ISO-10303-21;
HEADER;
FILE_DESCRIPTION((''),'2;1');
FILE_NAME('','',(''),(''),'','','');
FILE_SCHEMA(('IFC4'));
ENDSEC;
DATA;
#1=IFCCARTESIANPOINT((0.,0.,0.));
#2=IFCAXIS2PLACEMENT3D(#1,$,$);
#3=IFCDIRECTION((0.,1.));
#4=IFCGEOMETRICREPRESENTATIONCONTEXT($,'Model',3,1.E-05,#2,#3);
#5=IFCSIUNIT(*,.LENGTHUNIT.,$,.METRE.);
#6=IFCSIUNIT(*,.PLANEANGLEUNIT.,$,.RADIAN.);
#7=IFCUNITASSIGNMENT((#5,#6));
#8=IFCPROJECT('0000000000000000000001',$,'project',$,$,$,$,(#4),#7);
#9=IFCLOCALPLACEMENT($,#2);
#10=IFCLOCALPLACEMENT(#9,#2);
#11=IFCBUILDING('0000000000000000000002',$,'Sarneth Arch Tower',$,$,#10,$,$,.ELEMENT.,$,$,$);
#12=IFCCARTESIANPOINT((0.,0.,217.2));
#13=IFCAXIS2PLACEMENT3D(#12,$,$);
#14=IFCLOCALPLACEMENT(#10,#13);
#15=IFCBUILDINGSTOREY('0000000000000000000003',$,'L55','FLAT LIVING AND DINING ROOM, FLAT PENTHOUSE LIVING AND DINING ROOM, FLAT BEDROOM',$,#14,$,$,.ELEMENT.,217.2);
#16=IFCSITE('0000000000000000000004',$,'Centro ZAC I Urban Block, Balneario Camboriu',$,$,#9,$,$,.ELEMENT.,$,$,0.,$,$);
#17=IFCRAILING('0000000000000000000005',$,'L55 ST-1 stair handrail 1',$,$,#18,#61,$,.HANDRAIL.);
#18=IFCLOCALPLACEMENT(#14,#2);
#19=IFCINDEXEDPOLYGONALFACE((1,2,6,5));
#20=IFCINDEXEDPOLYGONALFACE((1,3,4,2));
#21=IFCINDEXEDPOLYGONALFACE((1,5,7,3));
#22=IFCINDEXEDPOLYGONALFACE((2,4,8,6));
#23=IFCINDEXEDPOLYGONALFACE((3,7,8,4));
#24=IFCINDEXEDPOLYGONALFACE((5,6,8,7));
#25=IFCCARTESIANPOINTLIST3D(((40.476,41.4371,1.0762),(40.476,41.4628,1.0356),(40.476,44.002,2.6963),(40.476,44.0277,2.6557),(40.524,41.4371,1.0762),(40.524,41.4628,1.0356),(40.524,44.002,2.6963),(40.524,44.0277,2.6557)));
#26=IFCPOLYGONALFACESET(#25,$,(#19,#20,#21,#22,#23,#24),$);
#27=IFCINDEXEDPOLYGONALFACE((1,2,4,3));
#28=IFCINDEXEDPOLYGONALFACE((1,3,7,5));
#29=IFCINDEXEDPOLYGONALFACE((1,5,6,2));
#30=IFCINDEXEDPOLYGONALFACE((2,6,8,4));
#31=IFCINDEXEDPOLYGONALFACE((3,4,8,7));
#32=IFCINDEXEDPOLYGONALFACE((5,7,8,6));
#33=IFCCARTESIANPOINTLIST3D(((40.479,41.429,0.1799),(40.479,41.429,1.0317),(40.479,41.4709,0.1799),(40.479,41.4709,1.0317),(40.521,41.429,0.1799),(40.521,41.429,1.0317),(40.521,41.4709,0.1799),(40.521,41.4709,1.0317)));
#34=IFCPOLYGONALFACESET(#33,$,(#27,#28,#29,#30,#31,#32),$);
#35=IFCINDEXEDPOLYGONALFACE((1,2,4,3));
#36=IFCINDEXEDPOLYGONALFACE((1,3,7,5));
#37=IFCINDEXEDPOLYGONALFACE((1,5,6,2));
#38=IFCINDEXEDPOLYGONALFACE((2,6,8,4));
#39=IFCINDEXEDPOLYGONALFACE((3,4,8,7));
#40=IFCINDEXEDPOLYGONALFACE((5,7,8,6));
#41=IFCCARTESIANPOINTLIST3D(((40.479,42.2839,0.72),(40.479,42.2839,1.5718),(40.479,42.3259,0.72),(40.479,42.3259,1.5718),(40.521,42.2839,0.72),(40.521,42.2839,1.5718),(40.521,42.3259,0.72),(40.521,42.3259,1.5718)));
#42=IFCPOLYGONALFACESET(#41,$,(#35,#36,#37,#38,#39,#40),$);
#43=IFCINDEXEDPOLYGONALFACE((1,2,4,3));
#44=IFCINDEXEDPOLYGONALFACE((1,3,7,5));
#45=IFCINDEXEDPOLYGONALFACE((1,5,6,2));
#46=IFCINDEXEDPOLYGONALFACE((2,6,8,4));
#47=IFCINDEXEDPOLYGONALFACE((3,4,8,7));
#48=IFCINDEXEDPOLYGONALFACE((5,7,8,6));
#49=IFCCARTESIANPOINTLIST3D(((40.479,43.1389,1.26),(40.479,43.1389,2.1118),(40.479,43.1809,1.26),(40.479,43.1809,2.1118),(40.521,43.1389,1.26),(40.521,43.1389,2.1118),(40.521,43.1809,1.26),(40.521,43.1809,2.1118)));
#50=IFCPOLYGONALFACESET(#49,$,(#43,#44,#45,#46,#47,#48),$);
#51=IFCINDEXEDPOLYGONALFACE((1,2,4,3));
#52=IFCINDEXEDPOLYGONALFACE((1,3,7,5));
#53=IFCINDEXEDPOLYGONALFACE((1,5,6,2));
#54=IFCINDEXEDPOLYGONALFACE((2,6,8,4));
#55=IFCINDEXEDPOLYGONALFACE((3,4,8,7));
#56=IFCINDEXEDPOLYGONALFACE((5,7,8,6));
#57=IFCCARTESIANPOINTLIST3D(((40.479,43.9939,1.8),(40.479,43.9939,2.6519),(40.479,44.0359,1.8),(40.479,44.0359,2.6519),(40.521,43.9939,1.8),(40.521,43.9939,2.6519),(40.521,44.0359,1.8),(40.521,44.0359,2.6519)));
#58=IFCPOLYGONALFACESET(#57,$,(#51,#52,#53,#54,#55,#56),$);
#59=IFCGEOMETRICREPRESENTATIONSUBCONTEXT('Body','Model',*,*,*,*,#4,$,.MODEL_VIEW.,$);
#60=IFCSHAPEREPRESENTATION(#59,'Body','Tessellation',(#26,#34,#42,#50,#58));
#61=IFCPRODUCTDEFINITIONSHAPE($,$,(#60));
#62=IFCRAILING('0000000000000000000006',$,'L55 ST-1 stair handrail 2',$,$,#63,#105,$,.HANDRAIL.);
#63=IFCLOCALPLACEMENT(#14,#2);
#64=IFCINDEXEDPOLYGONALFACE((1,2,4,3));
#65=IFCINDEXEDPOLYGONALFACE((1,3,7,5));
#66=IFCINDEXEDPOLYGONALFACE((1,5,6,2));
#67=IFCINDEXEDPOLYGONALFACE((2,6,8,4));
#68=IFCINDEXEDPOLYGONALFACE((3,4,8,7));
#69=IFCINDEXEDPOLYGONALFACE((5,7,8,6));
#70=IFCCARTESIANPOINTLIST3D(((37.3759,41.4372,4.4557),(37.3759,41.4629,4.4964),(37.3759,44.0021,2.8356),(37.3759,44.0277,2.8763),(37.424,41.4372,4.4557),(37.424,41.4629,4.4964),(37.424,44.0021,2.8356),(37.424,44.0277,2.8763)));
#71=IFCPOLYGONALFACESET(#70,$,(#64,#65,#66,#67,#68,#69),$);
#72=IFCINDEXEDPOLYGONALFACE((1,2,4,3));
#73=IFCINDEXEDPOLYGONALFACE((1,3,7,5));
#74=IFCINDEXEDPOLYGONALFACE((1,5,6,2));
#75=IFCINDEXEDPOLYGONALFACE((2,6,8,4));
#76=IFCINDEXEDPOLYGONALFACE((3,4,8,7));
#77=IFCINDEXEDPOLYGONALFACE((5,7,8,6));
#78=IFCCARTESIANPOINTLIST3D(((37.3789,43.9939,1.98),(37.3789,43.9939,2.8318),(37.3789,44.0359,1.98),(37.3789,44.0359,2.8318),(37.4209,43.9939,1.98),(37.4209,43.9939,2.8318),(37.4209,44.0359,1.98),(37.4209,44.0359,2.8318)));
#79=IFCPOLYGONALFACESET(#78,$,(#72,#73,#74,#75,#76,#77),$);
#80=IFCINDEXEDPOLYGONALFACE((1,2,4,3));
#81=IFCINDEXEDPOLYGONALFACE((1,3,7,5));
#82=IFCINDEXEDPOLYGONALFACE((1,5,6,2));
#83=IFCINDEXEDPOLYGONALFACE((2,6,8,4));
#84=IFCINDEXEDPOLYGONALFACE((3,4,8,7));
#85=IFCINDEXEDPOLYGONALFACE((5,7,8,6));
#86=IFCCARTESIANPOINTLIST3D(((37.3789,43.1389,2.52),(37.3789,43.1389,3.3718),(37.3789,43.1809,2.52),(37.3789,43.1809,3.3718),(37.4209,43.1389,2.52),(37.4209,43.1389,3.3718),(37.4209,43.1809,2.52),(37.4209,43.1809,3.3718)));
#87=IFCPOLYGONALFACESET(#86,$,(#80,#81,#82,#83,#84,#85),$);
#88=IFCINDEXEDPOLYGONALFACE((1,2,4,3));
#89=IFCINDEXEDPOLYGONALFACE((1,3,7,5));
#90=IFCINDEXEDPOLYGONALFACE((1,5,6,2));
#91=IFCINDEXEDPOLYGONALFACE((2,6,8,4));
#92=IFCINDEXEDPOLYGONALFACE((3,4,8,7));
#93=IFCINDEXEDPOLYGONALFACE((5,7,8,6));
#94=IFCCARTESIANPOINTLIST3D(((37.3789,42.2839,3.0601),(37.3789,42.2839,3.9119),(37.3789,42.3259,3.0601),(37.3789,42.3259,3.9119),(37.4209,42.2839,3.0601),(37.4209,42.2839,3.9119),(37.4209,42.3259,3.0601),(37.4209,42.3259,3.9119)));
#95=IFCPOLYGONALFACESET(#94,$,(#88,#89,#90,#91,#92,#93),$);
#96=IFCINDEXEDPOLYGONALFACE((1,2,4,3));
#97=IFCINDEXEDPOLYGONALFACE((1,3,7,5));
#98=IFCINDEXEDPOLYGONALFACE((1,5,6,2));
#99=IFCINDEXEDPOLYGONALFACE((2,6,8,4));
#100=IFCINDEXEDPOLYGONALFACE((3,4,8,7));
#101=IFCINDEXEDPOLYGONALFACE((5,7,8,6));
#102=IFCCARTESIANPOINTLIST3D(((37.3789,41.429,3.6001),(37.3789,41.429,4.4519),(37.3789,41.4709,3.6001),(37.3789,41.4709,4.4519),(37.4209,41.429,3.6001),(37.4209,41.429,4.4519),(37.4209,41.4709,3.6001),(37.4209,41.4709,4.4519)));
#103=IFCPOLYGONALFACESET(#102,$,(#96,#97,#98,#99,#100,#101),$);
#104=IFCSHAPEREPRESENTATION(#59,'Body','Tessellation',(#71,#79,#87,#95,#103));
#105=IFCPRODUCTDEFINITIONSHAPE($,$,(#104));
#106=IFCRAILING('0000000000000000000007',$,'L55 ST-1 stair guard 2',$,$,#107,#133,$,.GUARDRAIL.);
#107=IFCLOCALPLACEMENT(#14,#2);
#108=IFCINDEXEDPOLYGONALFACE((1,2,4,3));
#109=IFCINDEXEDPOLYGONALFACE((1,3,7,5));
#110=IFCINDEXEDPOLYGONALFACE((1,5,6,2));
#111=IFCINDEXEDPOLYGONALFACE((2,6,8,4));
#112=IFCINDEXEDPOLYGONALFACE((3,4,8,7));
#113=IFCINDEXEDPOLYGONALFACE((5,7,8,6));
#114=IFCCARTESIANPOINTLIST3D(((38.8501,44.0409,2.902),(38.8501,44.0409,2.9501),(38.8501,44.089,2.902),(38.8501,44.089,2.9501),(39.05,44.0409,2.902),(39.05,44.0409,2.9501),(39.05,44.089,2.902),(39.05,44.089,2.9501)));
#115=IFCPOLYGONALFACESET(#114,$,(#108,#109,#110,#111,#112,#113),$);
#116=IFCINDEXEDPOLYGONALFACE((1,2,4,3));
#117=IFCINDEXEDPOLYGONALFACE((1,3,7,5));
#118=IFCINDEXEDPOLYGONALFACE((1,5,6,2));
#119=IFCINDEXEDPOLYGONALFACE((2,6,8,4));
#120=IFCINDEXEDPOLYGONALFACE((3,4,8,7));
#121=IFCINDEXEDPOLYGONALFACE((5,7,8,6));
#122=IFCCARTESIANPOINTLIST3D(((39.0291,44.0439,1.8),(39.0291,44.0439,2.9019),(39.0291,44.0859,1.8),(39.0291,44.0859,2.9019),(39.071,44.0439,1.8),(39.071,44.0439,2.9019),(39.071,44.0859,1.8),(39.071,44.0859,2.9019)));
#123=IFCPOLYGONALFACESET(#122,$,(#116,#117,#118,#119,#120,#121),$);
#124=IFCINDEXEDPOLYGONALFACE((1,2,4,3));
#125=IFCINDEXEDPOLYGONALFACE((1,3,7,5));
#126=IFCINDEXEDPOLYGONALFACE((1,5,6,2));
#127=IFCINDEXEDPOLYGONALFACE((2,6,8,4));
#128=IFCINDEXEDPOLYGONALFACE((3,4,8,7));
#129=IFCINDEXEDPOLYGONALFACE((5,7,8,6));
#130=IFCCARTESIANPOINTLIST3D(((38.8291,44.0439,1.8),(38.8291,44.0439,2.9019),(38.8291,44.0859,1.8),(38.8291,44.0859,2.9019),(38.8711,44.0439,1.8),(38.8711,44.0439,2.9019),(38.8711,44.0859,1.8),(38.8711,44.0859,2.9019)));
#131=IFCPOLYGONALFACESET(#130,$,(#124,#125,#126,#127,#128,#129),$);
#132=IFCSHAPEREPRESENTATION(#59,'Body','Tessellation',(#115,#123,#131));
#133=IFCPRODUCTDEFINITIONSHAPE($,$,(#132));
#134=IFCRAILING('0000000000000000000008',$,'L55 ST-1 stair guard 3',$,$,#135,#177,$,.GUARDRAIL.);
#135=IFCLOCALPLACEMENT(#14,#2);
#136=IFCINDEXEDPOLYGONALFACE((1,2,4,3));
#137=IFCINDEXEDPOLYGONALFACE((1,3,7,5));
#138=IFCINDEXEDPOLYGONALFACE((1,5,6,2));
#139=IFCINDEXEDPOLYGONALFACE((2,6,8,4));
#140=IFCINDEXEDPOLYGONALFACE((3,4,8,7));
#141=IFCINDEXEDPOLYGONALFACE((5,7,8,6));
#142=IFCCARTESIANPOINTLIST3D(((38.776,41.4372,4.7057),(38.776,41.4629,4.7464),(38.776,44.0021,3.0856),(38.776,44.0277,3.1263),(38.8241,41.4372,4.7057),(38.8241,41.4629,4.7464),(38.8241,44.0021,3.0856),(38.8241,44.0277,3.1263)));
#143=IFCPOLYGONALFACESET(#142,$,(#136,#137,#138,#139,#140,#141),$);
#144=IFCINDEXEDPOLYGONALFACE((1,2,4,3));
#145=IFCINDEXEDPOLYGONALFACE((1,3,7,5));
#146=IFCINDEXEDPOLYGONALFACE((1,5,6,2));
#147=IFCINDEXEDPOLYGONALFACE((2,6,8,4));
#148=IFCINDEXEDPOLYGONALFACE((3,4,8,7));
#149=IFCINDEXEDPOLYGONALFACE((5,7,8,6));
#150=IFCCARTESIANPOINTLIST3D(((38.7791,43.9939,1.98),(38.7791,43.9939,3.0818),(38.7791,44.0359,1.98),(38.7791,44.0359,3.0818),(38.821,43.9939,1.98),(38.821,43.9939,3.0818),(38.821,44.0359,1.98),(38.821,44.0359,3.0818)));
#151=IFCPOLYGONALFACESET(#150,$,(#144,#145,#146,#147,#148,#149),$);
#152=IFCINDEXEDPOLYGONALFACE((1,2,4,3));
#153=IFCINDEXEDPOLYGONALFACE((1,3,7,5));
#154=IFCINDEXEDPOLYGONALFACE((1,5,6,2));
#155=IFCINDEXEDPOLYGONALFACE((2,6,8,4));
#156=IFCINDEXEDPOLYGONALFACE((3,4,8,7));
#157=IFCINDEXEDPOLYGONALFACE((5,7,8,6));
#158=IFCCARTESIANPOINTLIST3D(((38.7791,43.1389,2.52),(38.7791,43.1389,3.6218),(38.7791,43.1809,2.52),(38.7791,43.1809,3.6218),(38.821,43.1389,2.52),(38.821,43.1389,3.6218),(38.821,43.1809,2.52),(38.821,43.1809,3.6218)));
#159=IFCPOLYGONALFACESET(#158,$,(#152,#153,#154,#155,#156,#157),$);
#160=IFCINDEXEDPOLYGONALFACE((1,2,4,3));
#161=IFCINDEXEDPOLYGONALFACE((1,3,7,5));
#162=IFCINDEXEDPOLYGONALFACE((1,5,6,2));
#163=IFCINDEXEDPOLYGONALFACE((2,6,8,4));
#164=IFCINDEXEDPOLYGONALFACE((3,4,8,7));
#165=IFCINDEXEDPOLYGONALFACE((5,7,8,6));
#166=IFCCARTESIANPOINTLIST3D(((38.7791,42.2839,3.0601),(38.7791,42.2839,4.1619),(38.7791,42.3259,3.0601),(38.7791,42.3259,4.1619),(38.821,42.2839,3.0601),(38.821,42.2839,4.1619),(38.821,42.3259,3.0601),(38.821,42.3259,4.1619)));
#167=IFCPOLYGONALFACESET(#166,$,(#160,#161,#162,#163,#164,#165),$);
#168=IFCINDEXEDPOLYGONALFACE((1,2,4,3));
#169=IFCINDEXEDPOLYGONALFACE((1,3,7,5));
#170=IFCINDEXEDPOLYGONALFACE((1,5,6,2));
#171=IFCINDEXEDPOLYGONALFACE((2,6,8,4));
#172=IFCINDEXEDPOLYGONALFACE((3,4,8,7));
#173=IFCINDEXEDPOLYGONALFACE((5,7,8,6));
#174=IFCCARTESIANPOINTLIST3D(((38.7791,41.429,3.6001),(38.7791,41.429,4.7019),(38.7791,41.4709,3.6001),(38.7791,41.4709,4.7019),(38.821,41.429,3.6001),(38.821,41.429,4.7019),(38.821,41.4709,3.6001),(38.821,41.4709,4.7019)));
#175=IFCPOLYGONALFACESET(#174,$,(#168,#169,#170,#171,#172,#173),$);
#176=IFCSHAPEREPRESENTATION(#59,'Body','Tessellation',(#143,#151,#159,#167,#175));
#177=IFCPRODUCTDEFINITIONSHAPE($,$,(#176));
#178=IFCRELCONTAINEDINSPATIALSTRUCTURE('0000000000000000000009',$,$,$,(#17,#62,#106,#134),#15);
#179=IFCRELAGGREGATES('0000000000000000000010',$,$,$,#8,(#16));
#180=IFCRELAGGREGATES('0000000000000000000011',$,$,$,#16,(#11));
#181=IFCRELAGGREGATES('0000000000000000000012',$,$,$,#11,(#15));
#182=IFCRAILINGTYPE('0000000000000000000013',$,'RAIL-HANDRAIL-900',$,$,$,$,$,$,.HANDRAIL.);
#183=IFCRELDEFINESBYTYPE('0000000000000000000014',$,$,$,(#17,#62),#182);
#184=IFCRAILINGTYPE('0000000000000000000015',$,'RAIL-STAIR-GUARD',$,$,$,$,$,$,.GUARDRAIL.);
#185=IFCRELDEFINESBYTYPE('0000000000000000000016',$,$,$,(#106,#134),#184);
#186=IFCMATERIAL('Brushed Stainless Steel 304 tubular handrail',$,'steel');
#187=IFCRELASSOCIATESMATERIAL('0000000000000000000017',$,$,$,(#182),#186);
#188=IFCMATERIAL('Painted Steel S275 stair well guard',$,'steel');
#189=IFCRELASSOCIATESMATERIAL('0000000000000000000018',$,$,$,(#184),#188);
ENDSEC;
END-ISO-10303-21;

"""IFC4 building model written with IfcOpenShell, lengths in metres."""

from ifc_helpers import new_model, si_unit, direction, frame, origin, origin_2d, place, context, subcontext, project, spatial, rectangle, extrude, material, type_object, element, save


model = new_model("IFC4")

# Units and contexts
model_context = context("Model", 3, precision=1e-05, world=origin(), true_north=direction((0.0, 1.0)))
body_context = subcontext(model_context, "Body", "Model", "MODEL_VIEW")
ifc_project = project(units=[si_unit("LENGTHUNIT", "METRE"), si_unit("PLANEANGLEUNIT", "RADIAN")], contexts=[model_context])

# Site, building, storey
site_placement = place(None, origin())
site = spatial("IfcSite", under=ifc_project, at=site_placement, Name="Centro ZAC I Urban Block, Balneario Camboriu", CompositionType="ELEMENT", RefElevation=0.0)
building_placement = place(site_placement, origin())
building = spatial("IfcBuilding", under=site, at=building_placement, Name="Sarneth Arch Tower", CompositionType="ELEMENT")
storey_placement = place(building_placement, frame((0.0, 0.0, 217.2)))
storey = spatial("IfcBuildingStorey", under=building, at=storey_placement, Name="L55", Description="FLAT LIVING AND DINING ROOM, FLAT PENTHOUSE LIVING AND DINING ROOM, FLAT BEDROOM", CompositionType="ELEMENT", Elevation=217.2)

# Railings
ifc_material_1 = material(Name="Brushed Stainless Steel 304 tubular handrail", Category="steel")
railing_type_1 = type_object("IfcRailingType", Name="RAIL-HANDRAIL-900", PredefinedType="HANDRAIL", material=ifc_material_1)
railing_1_placement = place(storey_placement, frame((40.5, 41.45, 0.1799)))
element("IfcRailing", 1, at=railing_1_placement, inside=storey, type_object=railing_type_1, Name="L55 ST-1 stair handrail 1", PredefinedType="HANDRAIL", context=body_context, shape_type="SweptSolid", body=[
    extrude(rectangle(XDim=0.0481, YDim=0.0481, at=origin_2d()), frame((0.0, 0.0, 0.876), z_axis=(0.0, 0.845466, 0.534029), x_axis=(-1.0, 0.0, 0.0)), (0.0, 0.0, 1.0), 3.0337),
    extrude(rectangle(XDim=0.042, YDim=0.042, at=origin_2d()), origin(), (0.0, 0.0, 1.0), 0.8518),
    extrude(rectangle(XDim=0.042, YDim=0.042, at=origin_2d()), frame((0.0, 0.855, 0.54)), (0.0, 0.0, 1.0), 0.8518),
    extrude(rectangle(XDim=0.042, YDim=0.042, at=origin_2d()), frame((0.0, 1.71, 1.0801)), (0.0, 0.0, 1.0), 0.8518),
    extrude(rectangle(XDim=0.042, YDim=0.042, at=origin_2d()), frame((0.0, 2.5649, 1.6201)), (0.0, 0.0, 1.0), 0.8518),
])
railing_2_placement = place(storey_placement, frame((37.3999, 44.0149, 1.98)))
element("IfcRailing", 2, at=railing_2_placement, inside=storey, type_object=railing_type_1, Name="L55 ST-1 stair handrail 2", PredefinedType="HANDRAIL", context=body_context, shape_type="SweptSolid", body=[
    extrude(rectangle(XDim=0.0481, YDim=0.0481, at=origin_2d()), frame((0.0, 0.0, 0.876), z_axis=(0.0, -0.845466, 0.534029), x_axis=(1.0, 0.0, 0.0)), (0.0, 0.0, 1.0), 3.0337),
    extrude(rectangle(XDim=0.042, YDim=0.042, at=origin_2d()), origin(), (0.0, 0.0, 1.0), 0.8518),
    extrude(rectangle(XDim=0.042, YDim=0.042, at=origin_2d()), frame((0.0, -0.855, 0.54)), (0.0, 0.0, 1.0), 0.8518),
    extrude(rectangle(XDim=0.042, YDim=0.042, at=origin_2d()), frame((0.0, -1.71, 1.0801)), (0.0, 0.0, 1.0), 0.8518),
    extrude(rectangle(XDim=0.042, YDim=0.042, at=origin_2d()), frame((0.0, -2.5649, 1.6201)), (0.0, 0.0, 1.0), 0.8518),
])
ifc_material_2 = material(Name="Painted Steel S275 stair well guard", Category="steel")
railing_type_2 = type_object("IfcRailingType", Name="RAIL-STAIR-GUARD", PredefinedType="GUARDRAIL", material=ifc_material_2)
railing_3_placement = place(storey_placement, frame((39.05, 44.0649, 1.8)))
element("IfcRailing", 3, at=railing_3_placement, inside=storey, type_object=railing_type_2, Name="L55 ST-1 stair guard 2", PredefinedType="GUARDRAIL", context=body_context, shape_type="SweptSolid", body=[
    extrude(rectangle(XDim=0.0481, YDim=0.0481, at=origin_2d()), frame((0.0, 0.0, 1.126), z_axis=(-1.0, 0.0, 0.0), x_axis=(0.0, -1.0, 0.0)), (0.0, 0.0, 1.0), 0.2),
    extrude(rectangle(XDim=0.042, YDim=0.042, at=origin_2d()), origin(), (0.0, 0.0, 1.0), 1.1018),
    extrude(rectangle(XDim=0.042, YDim=0.042, at=origin_2d()), frame((-0.2, 0.0, 0.0)), (0.0, 0.0, 1.0), 1.1018),
])
railing_4_placement = place(storey_placement, frame((38.8, 44.0149, 1.98)))
element("IfcRailing", 4, at=railing_4_placement, inside=storey, type_object=railing_type_2, Name="L55 ST-1 stair guard 3", PredefinedType="GUARDRAIL", context=body_context, shape_type="SweptSolid", body=[
    extrude(rectangle(XDim=0.0481, YDim=0.0481, at=origin_2d()), frame((0.0, 0.0, 1.126), z_axis=(0.0, -0.845466, 0.534029), x_axis=(1.0, 0.0, 0.0)), (0.0, 0.0, 1.0), 3.0337),
    extrude(rectangle(XDim=0.042, YDim=0.042, at=origin_2d()), origin(), (0.0, 0.0, 1.0), 1.1018),
    extrude(rectangle(XDim=0.042, YDim=0.042, at=origin_2d()), frame((0.0, -0.855, 0.54)), (0.0, 0.0, 1.0), 1.1018),
    extrude(rectangle(XDim=0.042, YDim=0.042, at=origin_2d()), frame((0.0, -1.71, 1.0801)), (0.0, 0.0, 1.0), 1.1018),
    extrude(rectangle(XDim=0.042, YDim=0.042, at=origin_2d()), frame((0.0, -2.5649, 1.6201)), (0.0, 0.0, 1.0), 1.1018),
])

save(model, "model.ifc")
